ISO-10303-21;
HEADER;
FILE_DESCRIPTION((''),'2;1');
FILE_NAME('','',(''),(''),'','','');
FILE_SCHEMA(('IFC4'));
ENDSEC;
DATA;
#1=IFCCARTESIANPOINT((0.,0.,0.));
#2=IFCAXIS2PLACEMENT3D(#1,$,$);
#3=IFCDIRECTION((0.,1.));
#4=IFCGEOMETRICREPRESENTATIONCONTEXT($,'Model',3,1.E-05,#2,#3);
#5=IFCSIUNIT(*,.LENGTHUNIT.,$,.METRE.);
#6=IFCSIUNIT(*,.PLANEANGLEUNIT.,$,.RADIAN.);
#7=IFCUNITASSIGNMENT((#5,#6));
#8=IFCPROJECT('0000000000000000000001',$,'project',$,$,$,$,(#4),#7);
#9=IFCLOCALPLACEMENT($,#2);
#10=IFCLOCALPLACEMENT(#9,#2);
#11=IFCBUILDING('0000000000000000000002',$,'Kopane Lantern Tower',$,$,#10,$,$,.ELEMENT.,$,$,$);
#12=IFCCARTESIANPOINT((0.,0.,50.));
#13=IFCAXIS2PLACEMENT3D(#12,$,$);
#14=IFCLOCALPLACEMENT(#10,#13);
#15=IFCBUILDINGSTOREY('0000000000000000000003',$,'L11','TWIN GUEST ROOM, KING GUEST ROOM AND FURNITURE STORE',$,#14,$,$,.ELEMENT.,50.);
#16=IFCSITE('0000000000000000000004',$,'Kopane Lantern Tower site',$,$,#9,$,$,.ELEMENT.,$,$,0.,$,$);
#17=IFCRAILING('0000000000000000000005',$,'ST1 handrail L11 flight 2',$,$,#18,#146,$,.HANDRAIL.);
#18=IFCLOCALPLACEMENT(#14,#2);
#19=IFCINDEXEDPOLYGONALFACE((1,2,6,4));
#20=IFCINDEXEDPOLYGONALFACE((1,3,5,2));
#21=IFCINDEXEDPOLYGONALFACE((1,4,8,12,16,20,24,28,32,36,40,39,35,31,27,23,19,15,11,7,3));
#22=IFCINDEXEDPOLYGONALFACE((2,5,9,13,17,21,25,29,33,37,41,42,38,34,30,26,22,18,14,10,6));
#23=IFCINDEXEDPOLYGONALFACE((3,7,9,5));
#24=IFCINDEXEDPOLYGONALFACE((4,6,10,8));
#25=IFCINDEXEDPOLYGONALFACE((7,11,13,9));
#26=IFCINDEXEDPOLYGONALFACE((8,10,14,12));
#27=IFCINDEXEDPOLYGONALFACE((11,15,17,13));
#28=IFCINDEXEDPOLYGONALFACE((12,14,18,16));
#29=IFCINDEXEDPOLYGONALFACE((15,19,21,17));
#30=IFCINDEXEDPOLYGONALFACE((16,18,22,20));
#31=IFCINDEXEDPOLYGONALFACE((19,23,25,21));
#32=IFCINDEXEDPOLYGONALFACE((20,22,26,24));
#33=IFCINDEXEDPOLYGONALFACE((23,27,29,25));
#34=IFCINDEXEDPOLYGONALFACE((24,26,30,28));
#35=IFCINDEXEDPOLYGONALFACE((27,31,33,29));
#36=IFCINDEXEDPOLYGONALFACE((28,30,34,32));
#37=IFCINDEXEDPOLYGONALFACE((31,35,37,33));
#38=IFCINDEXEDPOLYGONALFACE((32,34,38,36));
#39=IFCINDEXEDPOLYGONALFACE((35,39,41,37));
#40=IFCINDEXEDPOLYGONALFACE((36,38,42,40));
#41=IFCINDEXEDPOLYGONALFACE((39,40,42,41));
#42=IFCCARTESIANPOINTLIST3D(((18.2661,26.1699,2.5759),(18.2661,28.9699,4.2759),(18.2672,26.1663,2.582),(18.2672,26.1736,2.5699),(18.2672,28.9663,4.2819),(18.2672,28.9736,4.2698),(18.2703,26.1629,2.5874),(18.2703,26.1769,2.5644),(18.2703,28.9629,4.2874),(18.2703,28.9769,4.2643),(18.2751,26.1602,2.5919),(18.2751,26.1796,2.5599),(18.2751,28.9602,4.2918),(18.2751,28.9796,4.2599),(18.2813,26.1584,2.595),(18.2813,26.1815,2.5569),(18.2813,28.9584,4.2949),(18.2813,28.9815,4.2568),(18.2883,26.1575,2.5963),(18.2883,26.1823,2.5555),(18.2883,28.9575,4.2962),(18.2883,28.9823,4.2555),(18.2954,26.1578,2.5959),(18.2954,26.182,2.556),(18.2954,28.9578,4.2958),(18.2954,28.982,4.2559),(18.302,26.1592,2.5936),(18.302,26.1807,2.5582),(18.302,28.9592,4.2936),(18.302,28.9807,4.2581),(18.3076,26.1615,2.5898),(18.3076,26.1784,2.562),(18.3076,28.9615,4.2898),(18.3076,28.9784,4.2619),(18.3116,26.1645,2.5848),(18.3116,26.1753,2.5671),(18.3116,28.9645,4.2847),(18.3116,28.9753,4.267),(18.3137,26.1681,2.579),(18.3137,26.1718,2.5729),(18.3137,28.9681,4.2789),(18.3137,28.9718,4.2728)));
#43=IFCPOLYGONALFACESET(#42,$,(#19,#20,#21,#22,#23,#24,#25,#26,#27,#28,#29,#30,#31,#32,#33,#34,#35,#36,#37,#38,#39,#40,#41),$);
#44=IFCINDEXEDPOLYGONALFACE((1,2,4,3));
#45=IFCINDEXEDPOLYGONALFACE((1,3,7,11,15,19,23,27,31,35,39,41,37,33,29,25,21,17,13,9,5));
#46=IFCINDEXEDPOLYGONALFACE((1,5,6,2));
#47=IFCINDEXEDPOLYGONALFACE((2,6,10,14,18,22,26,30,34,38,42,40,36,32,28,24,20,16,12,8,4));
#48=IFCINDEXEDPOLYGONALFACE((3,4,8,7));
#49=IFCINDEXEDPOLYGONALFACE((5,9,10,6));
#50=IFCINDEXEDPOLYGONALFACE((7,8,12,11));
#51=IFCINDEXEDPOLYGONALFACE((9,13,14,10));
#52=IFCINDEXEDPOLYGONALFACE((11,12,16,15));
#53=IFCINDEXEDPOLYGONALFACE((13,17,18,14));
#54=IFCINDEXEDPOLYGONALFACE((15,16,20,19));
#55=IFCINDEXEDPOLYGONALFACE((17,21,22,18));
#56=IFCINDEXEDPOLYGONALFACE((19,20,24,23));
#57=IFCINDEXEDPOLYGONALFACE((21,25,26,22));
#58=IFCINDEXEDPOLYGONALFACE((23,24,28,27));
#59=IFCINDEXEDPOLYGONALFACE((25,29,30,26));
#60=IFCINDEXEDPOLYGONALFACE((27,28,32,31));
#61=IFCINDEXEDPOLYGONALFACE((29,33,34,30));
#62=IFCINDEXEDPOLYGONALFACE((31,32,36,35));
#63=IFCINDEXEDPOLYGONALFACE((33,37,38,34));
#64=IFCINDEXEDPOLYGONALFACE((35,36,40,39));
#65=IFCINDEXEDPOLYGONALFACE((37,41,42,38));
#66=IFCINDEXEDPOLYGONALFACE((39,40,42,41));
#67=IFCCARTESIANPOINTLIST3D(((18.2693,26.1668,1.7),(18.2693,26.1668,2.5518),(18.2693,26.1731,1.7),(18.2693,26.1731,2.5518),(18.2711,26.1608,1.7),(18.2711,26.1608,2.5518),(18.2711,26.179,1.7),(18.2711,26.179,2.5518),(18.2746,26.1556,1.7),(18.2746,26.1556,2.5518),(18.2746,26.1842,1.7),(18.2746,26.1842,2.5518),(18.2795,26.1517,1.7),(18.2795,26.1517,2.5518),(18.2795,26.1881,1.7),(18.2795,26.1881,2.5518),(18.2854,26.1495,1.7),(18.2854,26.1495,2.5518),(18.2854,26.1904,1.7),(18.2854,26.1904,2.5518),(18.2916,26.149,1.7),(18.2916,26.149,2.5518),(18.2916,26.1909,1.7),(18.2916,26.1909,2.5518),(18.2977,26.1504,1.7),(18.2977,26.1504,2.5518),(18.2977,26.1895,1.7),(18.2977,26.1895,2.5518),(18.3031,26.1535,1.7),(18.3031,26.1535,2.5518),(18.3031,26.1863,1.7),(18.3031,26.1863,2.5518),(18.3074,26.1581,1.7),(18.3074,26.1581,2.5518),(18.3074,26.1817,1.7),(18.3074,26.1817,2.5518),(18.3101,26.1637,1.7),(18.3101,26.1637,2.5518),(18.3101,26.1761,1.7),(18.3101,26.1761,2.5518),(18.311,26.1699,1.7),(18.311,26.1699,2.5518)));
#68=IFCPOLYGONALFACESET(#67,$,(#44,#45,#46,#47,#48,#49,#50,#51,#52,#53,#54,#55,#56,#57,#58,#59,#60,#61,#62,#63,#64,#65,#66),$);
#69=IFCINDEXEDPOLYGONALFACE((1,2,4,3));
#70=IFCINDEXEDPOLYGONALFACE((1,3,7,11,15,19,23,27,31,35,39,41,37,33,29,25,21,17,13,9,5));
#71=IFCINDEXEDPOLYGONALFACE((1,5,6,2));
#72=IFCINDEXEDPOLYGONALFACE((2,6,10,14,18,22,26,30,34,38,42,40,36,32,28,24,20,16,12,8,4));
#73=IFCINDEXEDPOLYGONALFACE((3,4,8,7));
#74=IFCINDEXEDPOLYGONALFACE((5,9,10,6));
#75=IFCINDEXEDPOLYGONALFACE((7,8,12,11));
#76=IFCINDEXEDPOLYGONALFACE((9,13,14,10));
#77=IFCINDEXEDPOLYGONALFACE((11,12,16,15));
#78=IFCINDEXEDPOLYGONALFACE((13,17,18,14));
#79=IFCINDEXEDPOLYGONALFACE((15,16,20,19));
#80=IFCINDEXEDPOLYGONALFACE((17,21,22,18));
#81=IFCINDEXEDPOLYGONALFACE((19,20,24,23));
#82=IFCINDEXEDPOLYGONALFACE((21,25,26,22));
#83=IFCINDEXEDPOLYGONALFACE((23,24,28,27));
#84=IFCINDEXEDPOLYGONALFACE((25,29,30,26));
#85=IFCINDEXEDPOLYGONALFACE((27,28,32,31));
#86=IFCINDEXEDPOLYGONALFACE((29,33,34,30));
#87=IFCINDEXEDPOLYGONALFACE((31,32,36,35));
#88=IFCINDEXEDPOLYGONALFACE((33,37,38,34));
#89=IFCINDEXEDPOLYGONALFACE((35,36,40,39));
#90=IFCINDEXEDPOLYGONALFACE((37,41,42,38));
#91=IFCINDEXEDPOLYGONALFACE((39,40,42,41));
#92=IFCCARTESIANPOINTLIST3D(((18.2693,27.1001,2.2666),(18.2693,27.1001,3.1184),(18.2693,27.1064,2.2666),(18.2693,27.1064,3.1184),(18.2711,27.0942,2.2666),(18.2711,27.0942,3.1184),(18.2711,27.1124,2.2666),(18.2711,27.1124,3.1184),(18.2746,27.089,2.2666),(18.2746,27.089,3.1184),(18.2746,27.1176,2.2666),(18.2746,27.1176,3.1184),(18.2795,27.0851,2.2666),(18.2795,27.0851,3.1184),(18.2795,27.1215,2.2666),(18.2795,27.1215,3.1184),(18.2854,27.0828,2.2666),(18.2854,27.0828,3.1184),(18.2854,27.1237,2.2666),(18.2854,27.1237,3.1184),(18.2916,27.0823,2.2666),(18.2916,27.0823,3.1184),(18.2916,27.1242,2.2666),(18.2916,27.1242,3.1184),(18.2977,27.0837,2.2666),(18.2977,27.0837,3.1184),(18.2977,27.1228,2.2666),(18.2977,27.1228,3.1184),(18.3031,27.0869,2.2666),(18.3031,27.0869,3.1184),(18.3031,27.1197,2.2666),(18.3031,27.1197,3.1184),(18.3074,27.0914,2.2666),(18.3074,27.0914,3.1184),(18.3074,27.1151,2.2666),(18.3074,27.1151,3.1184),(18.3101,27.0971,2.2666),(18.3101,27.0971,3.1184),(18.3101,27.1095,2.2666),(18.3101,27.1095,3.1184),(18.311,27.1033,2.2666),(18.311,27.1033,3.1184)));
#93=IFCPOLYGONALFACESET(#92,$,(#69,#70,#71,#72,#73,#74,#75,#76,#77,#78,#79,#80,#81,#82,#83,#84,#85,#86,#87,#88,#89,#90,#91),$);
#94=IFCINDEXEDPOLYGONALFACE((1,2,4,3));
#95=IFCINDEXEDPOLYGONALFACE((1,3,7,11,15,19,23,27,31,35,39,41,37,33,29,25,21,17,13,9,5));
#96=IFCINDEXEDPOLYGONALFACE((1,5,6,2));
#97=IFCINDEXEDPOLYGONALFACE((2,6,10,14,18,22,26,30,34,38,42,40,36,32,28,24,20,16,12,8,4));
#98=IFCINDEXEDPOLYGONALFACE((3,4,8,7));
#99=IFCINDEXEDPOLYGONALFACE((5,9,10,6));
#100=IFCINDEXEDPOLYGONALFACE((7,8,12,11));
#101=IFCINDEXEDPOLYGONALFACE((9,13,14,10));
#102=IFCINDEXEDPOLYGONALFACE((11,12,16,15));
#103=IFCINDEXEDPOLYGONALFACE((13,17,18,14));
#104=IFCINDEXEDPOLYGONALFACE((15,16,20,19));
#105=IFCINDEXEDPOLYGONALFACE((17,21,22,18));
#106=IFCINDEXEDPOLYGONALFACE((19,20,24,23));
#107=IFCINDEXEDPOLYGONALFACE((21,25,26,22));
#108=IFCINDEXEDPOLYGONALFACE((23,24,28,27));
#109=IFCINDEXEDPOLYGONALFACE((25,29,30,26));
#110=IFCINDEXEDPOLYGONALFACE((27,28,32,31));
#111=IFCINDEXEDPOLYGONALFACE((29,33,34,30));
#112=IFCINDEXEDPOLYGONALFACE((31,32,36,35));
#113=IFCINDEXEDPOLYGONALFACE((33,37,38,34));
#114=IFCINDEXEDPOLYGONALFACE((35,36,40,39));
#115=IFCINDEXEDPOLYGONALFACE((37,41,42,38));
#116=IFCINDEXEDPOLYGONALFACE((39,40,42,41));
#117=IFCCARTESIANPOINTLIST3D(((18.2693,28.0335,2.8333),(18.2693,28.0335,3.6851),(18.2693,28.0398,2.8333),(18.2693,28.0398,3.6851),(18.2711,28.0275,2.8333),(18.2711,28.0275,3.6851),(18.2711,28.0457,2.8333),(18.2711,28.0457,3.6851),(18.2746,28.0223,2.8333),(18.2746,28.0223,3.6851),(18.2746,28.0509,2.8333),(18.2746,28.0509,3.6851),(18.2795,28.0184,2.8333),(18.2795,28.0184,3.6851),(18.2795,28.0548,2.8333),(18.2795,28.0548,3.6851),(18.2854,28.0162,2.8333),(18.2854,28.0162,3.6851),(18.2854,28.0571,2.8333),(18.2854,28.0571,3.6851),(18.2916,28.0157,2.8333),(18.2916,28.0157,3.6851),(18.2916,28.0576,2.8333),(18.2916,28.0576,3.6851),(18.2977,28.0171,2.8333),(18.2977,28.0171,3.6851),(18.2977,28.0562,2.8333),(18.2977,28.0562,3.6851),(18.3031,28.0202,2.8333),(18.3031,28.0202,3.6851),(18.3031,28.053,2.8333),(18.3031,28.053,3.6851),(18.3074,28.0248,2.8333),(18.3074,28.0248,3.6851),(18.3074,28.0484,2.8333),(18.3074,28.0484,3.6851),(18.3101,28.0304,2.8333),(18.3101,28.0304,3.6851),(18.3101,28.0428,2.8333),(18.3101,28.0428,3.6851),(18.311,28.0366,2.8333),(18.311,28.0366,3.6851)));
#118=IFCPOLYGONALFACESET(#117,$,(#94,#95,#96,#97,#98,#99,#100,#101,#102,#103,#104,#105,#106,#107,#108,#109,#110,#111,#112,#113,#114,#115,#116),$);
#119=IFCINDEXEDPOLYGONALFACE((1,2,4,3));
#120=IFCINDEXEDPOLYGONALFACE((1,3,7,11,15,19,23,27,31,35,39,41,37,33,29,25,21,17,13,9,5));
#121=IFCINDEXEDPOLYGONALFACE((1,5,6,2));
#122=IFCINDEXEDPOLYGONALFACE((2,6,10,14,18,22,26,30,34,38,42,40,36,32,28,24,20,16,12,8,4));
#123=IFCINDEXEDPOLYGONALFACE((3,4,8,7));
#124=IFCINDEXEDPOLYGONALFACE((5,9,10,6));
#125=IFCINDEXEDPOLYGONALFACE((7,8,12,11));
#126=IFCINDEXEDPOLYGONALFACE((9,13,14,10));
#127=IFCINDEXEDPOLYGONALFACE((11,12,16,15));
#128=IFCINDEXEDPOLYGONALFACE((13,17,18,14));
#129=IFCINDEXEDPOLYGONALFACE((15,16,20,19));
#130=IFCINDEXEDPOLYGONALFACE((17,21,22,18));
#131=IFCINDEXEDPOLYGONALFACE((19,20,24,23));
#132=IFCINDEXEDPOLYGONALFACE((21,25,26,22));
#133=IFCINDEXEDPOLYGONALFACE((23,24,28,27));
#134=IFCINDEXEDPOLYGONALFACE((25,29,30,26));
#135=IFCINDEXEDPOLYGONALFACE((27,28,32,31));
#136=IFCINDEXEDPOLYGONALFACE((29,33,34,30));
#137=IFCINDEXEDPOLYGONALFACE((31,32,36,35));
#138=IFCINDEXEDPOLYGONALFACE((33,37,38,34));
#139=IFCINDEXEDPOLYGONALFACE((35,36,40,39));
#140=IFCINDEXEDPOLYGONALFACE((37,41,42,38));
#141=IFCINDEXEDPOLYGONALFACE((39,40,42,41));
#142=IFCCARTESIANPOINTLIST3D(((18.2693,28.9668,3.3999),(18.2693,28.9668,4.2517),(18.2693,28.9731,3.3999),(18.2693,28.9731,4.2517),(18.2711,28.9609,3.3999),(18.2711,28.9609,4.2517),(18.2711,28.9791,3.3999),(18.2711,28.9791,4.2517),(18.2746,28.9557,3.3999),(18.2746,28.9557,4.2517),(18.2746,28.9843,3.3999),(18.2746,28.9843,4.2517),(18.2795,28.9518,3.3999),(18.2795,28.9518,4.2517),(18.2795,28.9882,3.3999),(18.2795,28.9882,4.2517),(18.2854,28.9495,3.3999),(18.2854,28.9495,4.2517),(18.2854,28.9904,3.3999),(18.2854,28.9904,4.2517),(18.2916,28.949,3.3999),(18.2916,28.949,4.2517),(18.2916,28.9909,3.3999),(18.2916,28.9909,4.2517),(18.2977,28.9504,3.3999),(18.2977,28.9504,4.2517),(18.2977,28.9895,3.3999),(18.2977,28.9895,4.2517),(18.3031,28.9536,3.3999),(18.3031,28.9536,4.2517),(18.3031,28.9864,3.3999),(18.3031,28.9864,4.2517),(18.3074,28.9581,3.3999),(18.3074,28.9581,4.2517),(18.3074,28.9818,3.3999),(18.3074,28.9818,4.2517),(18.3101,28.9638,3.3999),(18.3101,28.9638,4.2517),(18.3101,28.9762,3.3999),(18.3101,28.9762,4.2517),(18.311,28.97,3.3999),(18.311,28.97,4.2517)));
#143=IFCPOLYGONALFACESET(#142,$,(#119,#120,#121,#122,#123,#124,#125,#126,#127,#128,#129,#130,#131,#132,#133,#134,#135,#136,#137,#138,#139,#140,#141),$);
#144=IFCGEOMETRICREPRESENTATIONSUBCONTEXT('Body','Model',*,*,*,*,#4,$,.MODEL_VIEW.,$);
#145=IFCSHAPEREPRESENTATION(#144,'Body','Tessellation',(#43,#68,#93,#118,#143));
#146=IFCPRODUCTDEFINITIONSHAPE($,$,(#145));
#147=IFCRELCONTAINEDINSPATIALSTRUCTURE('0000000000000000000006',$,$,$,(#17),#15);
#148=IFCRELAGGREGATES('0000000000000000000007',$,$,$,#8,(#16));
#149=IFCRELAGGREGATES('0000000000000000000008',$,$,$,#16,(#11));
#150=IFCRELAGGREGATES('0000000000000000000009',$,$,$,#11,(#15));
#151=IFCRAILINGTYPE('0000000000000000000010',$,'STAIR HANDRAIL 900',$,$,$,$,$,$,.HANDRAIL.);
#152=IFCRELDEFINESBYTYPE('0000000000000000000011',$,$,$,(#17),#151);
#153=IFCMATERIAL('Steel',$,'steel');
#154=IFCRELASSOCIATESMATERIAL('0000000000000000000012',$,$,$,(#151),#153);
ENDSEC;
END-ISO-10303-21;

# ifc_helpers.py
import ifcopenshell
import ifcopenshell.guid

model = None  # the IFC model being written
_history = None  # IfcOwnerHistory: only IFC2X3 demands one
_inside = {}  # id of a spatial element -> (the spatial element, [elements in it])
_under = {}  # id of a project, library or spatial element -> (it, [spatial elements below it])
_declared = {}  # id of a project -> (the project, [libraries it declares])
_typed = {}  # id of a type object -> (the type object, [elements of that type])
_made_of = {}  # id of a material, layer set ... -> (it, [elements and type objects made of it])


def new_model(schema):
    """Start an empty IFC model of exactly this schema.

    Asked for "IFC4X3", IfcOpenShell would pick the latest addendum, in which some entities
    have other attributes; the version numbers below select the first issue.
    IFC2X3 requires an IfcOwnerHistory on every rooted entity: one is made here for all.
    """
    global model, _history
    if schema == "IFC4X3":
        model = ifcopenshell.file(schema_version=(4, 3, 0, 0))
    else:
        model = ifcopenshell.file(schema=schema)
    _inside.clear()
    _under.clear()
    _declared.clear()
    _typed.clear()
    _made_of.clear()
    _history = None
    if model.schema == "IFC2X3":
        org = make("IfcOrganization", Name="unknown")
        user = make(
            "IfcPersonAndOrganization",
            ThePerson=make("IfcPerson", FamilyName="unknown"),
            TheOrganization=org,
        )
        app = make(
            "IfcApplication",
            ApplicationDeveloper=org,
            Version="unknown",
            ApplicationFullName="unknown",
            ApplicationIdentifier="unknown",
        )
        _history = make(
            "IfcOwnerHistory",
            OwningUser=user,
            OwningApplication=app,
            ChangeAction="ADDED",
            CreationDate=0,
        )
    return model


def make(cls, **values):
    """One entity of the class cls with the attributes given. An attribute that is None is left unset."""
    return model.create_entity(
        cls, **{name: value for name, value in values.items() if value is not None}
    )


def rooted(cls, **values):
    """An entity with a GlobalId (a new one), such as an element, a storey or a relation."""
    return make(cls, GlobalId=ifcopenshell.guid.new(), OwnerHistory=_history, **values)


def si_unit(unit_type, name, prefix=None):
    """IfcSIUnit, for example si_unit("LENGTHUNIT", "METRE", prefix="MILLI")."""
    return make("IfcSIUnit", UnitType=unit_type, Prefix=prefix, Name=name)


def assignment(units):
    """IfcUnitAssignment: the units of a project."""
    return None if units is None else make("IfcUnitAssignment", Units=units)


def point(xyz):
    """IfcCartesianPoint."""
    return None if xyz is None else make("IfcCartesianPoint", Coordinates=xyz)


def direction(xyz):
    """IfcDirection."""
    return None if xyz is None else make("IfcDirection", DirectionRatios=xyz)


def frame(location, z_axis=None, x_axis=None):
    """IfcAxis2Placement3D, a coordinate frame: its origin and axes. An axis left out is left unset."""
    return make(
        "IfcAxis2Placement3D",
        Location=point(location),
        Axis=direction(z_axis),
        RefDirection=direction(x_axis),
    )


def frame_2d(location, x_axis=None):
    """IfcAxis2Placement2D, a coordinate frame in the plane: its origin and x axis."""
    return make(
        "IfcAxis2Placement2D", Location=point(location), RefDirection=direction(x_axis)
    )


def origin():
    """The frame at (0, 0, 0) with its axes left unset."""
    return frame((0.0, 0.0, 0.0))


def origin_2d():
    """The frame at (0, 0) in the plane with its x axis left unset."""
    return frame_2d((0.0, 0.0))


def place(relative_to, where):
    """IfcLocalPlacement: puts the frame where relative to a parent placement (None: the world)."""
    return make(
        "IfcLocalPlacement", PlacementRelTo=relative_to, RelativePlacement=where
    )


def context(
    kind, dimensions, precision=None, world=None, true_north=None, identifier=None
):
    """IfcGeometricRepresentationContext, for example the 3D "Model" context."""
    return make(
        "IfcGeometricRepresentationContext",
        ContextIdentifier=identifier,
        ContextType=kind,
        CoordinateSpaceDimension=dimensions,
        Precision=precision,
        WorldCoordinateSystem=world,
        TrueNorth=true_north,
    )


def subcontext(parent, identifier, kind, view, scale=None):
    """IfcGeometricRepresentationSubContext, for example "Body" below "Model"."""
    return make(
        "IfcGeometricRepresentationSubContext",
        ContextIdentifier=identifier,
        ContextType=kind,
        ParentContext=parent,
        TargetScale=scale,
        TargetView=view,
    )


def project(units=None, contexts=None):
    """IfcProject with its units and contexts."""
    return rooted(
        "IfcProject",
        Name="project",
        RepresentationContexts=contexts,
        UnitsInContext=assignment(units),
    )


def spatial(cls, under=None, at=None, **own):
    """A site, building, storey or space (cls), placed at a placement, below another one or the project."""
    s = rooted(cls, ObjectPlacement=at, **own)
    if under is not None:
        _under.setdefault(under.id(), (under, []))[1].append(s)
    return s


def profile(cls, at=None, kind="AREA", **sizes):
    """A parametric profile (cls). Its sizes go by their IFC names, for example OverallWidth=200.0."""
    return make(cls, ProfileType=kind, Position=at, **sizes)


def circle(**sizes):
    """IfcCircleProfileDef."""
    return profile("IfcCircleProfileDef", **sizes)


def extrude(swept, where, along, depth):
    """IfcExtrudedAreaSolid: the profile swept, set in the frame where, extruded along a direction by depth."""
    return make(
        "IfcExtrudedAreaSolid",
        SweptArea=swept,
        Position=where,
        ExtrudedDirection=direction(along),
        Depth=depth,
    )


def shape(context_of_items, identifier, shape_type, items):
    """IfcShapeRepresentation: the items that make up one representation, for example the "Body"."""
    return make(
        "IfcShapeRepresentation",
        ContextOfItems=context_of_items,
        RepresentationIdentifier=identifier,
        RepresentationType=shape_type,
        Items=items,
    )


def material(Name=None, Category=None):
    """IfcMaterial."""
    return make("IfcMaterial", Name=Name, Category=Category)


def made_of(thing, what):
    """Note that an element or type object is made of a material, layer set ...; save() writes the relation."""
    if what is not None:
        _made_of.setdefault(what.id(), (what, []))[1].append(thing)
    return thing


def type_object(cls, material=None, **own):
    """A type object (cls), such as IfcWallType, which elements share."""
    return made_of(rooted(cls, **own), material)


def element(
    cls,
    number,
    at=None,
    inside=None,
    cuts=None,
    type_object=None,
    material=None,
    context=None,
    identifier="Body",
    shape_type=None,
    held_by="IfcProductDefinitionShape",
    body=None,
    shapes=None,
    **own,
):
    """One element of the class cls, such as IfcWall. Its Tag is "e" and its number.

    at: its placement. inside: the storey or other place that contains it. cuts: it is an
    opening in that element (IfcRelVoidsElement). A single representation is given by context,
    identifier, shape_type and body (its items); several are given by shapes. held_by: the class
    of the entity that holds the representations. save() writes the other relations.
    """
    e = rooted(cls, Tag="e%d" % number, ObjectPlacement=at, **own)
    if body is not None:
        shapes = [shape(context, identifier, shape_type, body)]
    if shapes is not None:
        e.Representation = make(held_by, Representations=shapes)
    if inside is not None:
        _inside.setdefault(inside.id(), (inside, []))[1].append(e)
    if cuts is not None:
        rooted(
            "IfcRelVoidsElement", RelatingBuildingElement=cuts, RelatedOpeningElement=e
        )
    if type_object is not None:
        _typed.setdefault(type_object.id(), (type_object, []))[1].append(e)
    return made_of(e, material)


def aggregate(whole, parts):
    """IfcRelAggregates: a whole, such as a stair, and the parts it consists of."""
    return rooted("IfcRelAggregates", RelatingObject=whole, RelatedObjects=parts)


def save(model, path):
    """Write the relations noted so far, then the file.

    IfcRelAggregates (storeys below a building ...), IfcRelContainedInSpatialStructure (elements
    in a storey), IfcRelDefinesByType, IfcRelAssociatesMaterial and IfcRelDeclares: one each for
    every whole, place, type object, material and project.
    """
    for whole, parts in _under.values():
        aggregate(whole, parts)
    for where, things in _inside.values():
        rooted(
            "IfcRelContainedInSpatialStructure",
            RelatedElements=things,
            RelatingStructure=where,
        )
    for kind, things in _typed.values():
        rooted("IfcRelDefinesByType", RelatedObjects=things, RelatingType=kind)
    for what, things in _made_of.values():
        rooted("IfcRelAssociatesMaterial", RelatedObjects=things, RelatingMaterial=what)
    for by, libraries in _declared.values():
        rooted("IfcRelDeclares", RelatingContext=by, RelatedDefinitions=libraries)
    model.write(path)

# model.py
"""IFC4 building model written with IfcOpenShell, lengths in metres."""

from ifc_helpers import new_model, si_unit, direction, frame, origin, origin_2d, place, context, subcontext, project, spatial, circle, extrude, material, type_object, element, save


model = new_model("IFC4")

# Units and contexts
model_context = context("Model", 3, precision=1e-05, world=origin(), true_north=direction((0.0, 1.0)))
body_context = subcontext(model_context, "Body", "Model", "MODEL_VIEW")
ifc_project = project(units=[si_unit("LENGTHUNIT", "METRE"), si_unit("PLANEANGLEUNIT", "RADIAN")], contexts=[model_context])

# Site, building, storey
site_placement = place(None, origin())
site = spatial("IfcSite", under=ifc_project, at=site_placement, Name="Kopane Lantern Tower site", CompositionType="ELEMENT", RefElevation=0.0)
building_placement = place(site_placement, origin())
building = spatial("IfcBuilding", under=site, at=building_placement, Name="Kopane Lantern Tower", CompositionType="ELEMENT")
storey_placement = place(building_placement, frame((0.0, 0.0, 50.0)))
storey = spatial("IfcBuildingStorey", under=building, at=storey_placement, Name="L11", Description="TWIN GUEST ROOM, KING GUEST ROOM AND FURNITURE STORE", CompositionType="ELEMENT", Elevation=50.0)

# Railing
ifc_material_1 = material(Name="Steel", Category="steel")
railing_type_1 = type_object("IfcRailingType", Name="STAIR HANDRAIL 900", PredefinedType="HANDRAIL", material=ifc_material_1)
for number, where, name in (
    (1, (18.29, 26.1699, 1.7), "ST1 handrail L11 flight 2"),
):
    element("IfcRailing", number, at=place(storey_placement, frame(where)), inside=storey, type_object=railing_type_1, Name=name, PredefinedType="HANDRAIL", context=body_context, shape_type="SweptSolid", body=[
        extrude(circle(Radius=0.0239, at=origin_2d()), frame((0.0, 0.0, 0.876), z_axis=(0.0, 0.854798, 0.518961), x_axis=(-1.0, 0.0, 0.0)), (0.0, 0.0, 1.0), 3.2756),
        extrude(circle(Radius=0.021, at=origin_2d()), origin(), (0.0, 0.0, 1.0), 0.8518),
        extrude(circle(Radius=0.021, at=origin_2d()), frame((0.0, 0.9333, 0.5667)), (0.0, 0.0, 1.0), 0.8518),
        extrude(circle(Radius=0.021, at=origin_2d()), frame((0.0, 1.8667, 1.1333)), (0.0, 0.0, 1.0), 0.8518),
        extrude(circle(Radius=0.021, at=origin_2d()), frame((0.0, 2.8, 1.7)), (0.0, 0.0, 1.0), 0.8518),
    ])

save(model, "model.ifc")
